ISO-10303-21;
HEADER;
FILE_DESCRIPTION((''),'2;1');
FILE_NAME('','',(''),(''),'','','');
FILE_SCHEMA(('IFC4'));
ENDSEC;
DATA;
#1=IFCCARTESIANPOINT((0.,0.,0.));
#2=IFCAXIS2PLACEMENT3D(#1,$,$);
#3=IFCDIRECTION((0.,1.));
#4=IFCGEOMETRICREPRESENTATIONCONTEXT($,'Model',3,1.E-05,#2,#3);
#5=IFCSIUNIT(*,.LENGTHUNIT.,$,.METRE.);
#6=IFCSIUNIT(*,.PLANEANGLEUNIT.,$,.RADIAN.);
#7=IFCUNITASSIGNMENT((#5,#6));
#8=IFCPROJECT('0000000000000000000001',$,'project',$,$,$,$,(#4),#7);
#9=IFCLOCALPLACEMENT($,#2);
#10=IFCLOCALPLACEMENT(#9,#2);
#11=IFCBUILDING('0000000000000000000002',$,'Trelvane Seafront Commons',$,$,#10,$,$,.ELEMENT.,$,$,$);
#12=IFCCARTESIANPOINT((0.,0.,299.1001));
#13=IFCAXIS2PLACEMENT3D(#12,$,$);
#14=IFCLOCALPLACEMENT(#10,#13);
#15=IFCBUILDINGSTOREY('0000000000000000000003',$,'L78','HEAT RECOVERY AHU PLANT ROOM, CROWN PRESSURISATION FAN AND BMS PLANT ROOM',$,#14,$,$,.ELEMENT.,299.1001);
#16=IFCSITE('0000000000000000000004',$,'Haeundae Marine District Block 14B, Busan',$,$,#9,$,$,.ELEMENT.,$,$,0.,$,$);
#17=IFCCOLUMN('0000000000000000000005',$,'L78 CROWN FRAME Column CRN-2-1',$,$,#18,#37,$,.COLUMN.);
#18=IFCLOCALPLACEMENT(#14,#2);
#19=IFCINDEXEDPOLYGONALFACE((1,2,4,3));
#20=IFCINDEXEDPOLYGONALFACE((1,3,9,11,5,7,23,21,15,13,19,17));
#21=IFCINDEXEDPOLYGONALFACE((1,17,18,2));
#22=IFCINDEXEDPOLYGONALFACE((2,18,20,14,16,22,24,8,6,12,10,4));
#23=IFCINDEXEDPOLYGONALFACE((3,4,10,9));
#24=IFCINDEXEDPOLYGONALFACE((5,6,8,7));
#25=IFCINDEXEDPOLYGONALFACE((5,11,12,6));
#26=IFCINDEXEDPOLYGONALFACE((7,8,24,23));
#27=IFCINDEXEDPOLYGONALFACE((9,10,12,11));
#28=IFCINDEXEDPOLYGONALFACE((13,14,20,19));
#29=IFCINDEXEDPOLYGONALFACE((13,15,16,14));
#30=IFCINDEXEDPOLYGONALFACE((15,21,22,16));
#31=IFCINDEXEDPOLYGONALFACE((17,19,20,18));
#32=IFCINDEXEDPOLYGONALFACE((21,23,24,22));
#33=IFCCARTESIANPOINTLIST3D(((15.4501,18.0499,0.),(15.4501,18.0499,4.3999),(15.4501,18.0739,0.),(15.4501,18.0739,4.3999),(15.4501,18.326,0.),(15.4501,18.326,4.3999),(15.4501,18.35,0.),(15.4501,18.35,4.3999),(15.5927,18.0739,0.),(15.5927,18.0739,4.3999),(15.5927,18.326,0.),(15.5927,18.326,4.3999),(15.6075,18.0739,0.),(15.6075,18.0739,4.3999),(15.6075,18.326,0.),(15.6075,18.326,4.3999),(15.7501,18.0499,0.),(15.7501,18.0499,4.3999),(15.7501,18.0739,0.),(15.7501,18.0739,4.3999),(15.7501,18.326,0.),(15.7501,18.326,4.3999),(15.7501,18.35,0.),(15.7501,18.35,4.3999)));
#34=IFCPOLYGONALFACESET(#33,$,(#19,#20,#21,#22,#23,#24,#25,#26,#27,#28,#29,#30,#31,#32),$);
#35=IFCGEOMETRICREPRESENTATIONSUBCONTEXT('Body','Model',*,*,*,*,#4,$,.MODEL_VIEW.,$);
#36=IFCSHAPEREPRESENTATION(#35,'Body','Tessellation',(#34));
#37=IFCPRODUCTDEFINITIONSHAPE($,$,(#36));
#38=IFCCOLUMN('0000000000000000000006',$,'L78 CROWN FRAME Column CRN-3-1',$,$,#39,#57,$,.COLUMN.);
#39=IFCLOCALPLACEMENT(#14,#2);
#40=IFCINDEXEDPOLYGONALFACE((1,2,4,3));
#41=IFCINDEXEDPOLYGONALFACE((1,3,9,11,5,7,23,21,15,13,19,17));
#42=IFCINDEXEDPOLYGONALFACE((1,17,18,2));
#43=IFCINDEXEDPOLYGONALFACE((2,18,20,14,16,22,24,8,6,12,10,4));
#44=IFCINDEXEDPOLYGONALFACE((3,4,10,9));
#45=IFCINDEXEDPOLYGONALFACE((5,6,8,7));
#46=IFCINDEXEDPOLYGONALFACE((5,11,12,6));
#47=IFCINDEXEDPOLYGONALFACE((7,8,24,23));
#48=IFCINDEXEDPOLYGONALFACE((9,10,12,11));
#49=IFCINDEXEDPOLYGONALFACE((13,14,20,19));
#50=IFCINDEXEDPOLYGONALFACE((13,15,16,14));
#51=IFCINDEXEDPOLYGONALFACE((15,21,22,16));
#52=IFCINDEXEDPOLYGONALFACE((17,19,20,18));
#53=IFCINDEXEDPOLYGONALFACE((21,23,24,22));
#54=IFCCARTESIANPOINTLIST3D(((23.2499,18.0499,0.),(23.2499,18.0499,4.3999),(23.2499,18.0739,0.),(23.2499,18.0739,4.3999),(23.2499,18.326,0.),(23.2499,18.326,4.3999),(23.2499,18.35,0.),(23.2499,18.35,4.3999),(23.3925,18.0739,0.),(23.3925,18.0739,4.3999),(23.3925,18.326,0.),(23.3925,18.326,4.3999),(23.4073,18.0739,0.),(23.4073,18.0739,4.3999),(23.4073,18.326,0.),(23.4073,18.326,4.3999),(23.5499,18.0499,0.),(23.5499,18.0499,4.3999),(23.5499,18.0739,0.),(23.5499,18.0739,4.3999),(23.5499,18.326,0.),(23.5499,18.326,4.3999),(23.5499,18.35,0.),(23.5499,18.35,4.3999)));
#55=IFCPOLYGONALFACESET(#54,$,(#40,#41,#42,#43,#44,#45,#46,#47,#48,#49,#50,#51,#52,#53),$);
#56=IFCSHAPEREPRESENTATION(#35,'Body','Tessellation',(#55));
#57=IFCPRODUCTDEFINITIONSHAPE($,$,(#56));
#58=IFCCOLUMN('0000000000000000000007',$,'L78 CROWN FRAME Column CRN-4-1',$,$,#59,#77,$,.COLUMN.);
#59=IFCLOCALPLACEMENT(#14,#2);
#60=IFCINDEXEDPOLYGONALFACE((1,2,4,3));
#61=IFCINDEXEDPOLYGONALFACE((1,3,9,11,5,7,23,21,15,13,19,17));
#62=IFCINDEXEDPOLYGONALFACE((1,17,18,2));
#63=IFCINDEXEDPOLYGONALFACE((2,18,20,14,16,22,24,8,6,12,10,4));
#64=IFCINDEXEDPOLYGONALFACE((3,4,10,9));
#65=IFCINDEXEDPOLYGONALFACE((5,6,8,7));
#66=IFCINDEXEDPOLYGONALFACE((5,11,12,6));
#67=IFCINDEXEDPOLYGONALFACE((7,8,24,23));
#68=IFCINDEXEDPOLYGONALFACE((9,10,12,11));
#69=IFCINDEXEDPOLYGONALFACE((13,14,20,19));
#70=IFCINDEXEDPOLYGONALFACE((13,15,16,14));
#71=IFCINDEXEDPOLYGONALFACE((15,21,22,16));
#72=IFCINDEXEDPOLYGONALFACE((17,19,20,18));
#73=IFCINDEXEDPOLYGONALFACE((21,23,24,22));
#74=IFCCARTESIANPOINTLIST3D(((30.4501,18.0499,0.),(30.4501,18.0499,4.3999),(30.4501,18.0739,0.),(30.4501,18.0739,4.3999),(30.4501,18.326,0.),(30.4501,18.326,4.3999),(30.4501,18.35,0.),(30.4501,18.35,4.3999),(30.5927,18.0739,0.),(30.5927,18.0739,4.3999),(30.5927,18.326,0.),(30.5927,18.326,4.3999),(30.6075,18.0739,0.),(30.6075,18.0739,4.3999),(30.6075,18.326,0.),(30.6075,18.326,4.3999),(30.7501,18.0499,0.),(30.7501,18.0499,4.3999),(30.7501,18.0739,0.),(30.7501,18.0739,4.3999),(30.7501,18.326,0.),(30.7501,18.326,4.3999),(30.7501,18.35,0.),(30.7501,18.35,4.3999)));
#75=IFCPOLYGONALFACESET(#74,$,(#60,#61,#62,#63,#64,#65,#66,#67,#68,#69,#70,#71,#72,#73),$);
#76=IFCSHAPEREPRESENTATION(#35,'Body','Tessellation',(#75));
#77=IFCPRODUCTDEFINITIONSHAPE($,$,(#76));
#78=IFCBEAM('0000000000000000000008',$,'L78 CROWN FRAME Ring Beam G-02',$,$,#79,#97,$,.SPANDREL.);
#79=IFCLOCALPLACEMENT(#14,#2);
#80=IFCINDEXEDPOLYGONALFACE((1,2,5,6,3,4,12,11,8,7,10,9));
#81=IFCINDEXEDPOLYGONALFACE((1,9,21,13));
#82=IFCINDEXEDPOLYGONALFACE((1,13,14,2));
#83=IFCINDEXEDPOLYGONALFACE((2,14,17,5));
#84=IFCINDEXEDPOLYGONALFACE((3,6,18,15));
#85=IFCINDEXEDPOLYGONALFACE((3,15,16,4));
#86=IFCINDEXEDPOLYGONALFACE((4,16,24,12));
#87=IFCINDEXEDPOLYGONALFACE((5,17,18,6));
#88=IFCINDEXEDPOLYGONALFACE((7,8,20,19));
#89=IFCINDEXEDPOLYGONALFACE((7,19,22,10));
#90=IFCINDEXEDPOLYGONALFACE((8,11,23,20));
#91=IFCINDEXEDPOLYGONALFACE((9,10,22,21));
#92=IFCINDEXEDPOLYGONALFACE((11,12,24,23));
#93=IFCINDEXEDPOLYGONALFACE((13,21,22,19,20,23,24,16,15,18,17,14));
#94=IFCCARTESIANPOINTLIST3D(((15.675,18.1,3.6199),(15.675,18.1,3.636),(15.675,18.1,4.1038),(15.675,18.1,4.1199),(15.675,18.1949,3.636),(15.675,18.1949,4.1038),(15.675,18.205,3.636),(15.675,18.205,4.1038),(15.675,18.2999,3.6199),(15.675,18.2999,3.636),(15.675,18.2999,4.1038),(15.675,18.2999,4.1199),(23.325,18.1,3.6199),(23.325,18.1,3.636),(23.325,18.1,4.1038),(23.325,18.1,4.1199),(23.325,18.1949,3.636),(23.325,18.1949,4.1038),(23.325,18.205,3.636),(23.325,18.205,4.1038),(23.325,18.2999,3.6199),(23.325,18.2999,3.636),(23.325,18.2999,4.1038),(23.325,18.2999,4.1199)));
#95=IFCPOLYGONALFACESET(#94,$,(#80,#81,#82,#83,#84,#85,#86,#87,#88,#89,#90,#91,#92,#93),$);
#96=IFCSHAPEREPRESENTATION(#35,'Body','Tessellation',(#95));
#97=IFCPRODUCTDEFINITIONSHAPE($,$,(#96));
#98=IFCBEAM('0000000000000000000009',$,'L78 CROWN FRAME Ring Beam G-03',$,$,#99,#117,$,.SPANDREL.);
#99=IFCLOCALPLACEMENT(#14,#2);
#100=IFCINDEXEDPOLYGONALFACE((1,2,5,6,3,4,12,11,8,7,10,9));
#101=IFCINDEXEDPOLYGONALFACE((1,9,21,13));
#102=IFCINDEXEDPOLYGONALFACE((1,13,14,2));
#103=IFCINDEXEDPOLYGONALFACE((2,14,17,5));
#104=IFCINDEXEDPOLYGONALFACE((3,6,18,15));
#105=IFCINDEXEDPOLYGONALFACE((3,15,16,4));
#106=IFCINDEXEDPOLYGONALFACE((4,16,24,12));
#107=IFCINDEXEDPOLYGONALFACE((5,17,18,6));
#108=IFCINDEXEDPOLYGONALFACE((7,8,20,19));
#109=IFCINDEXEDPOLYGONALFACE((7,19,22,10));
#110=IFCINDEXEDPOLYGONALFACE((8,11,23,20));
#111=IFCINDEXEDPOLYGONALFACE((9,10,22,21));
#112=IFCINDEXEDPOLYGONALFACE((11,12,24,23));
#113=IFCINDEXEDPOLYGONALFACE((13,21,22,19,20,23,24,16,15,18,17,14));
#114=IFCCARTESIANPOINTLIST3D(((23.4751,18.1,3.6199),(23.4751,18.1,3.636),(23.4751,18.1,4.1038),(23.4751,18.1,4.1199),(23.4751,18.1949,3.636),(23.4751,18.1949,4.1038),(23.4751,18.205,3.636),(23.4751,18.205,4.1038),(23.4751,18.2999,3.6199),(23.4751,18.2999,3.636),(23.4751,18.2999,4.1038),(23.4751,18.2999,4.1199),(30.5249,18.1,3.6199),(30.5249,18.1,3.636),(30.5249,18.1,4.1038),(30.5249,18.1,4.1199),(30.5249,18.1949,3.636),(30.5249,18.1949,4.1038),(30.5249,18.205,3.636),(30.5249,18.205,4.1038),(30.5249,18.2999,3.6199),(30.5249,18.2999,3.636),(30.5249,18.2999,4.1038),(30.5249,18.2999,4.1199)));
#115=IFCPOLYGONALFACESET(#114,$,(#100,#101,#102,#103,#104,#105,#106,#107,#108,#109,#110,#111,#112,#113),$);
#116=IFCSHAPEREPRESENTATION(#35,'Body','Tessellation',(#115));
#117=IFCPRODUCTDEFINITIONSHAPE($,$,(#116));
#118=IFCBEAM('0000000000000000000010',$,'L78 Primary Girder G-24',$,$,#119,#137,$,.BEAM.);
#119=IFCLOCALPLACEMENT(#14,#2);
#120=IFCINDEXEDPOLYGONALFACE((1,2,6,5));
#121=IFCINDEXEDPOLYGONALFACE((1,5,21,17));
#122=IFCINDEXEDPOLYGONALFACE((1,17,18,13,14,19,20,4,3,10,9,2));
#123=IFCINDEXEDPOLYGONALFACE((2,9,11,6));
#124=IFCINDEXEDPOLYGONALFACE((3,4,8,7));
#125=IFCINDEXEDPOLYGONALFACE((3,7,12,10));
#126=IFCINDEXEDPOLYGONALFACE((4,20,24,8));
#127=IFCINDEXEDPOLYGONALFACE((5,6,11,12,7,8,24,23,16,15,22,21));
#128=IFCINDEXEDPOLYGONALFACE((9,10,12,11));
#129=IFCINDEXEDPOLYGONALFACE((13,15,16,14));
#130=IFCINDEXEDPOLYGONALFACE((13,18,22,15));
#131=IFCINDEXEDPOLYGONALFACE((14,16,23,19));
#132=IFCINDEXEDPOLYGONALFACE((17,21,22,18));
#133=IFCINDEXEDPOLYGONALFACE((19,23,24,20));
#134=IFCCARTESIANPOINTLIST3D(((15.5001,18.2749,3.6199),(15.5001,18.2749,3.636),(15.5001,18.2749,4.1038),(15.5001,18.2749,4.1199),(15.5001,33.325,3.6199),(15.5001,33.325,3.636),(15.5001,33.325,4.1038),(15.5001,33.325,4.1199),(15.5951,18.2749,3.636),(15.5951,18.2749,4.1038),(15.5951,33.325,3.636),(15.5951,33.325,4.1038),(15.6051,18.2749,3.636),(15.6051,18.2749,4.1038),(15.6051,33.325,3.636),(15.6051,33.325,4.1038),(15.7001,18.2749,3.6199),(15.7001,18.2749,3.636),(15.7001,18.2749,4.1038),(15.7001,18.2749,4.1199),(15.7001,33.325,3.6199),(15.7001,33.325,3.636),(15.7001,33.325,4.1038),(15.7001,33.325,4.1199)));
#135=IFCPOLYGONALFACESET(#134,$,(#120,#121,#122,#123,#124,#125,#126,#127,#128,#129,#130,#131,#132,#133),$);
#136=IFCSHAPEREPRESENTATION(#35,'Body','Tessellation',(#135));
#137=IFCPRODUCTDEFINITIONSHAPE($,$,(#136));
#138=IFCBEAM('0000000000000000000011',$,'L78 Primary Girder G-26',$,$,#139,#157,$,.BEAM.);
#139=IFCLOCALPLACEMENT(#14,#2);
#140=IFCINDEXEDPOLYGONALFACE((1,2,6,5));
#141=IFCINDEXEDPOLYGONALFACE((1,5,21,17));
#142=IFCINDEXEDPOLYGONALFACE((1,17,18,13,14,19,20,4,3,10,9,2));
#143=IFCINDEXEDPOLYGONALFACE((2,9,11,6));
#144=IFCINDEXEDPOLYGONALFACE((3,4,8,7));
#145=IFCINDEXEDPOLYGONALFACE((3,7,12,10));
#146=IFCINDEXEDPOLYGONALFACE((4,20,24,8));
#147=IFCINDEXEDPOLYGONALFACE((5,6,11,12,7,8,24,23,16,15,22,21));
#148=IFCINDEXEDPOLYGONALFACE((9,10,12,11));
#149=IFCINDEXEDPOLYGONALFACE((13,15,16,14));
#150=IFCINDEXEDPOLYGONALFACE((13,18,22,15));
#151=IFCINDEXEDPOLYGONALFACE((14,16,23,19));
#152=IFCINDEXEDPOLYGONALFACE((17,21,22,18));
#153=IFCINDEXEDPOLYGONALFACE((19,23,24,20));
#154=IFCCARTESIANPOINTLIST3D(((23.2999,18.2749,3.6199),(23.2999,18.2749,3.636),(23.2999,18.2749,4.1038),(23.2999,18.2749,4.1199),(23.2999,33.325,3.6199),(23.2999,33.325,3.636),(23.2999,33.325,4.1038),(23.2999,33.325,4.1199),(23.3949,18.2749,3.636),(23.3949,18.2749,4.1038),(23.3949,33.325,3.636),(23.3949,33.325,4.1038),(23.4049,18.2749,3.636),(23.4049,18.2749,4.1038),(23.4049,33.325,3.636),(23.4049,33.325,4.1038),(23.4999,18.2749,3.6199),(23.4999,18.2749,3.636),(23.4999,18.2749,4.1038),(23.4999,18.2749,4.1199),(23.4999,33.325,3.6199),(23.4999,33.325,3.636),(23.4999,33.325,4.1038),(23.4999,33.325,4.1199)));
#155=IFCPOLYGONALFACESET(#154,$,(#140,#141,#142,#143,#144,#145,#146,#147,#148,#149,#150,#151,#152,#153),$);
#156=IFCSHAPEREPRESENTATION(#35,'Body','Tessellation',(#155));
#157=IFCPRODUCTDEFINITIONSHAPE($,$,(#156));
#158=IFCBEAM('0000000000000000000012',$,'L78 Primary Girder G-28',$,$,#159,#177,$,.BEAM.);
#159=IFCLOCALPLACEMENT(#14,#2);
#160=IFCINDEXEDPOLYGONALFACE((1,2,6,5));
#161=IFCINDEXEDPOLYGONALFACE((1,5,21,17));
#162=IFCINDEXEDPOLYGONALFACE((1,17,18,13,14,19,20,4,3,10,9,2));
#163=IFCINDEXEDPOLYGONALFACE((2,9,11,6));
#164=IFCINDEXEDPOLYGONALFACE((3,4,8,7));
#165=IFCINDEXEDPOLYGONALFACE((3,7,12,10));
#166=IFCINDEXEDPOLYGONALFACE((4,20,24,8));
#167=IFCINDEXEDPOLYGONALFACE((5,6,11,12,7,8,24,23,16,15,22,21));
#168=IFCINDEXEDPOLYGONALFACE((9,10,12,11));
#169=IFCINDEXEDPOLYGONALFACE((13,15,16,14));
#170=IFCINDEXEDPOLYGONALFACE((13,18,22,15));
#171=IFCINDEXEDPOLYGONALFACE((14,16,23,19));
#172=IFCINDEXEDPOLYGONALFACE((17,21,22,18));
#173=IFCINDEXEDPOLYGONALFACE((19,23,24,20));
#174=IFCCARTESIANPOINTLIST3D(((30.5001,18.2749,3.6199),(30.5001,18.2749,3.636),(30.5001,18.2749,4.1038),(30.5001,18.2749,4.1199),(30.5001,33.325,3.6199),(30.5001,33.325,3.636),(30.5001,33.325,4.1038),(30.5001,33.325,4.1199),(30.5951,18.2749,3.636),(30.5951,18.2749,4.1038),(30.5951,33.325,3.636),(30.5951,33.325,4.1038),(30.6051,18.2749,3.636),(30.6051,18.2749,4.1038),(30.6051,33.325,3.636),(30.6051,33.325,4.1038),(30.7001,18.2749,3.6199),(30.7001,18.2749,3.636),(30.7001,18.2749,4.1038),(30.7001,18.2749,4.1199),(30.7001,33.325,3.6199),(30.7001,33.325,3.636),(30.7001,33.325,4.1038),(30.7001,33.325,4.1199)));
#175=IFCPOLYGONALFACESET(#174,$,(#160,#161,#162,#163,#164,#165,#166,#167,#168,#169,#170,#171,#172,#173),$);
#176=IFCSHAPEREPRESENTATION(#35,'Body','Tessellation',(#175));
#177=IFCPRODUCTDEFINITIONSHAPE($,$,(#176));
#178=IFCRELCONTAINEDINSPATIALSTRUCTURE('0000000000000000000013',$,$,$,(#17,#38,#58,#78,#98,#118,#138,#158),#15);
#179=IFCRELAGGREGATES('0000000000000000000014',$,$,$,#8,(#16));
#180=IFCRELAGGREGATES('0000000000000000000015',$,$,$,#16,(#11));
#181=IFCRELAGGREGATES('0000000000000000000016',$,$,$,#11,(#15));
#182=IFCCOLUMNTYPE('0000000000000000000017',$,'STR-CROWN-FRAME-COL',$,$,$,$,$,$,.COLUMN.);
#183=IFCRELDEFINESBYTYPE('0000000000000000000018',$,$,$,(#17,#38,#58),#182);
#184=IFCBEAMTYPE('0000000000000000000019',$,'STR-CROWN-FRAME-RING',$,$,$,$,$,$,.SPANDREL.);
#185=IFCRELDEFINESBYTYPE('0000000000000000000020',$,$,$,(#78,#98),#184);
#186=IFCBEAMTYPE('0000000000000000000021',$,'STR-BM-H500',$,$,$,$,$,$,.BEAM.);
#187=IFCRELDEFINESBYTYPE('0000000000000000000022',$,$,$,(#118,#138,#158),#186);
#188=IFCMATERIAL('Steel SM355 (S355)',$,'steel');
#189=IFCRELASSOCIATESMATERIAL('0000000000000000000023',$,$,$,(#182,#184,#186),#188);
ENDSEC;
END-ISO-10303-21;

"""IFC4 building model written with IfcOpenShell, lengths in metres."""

from ifc_helpers import new_model, si_unit, direction, frame, origin, origin_2d, place, context, subcontext, project, spatial, i_section, extrude, source, transform, mapped, material, material_profile, profile_set, type_object, element, save


model = new_model("IFC4")

# Units and contexts
model_context = context("Model", 3, precision=1e-05, world=origin(), true_north=direction((0.0, 1.0)))
body_context = subcontext(model_context, "Body", "Model", "MODEL_VIEW")
ifc_project = project(units=[si_unit("LENGTHUNIT", "METRE"), si_unit("PLANEANGLEUNIT", "RADIAN")], contexts=[model_context])

# Site, building, storey
site_placement = place(None, origin())
site = spatial("IfcSite", under=ifc_project, at=site_placement, Name="Haeundae Marine District Block 14B, Busan", CompositionType="ELEMENT", RefElevation=0.0)
building_placement = place(site_placement, origin())
building = spatial("IfcBuilding", under=site, at=building_placement, Name="Trelvane Seafront Commons", CompositionType="ELEMENT")
storey_placement = place(building_placement, frame((0.0, 0.0, 299.1001)))
storey = spatial("IfcBuildingStorey", under=building, at=storey_placement, Name="L78", Description="HEAT RECOVERY AHU PLANT ROOM, CROWN PRESSURISATION FAN AND BMS PLANT ROOM", CompositionType="ELEMENT", Elevation=299.1001)

# Columns
ifc_material_1 = material(Name="Steel SM355 (S355)", Category="steel")
ifc_material_profile_1 = material_profile(ifc_material_1, i_section(OverallWidth=0.3, OverallDepth=0.3, WebThickness=0.0149, FlangeThickness=0.0239, at=origin_2d()), Name="HD-300x300x15x24")
ifc_profile_set_1 = profile_set([ifc_material_profile_1], Name="Steel SM355 (S355)")
column_type = type_object("IfcColumnType", Name="STR-CROWN-FRAME-COL", PredefinedType="COLUMN", material=ifc_profile_set_1)
shared_shape_1 = source(origin(), body_context, "Body", "SweptSolid", [
    extrude(i_section(OverallWidth=0.3, OverallDepth=0.3, WebThickness=0.0149, FlangeThickness=0.0239, at=origin_2d()), origin(), (0.0, 0.0, 1.0), 4.3999),
])
for number, where, z_axis, x_axis, name in (
    (1, (15.6001, 18.2, 0.0), (0.0, 0.0, 1.0), (1.0, 0.0, 0.0), "L78 CROWN FRAME Column CRN-2-1"),
    (2, (23.3999, 18.2, 0.0), (0.0, 0.0, 1.0), (1.0, 0.0, 0.0), "L78 CROWN FRAME Column CRN-3-1"),
    (3, (30.6001, 18.2, 0.0), (0.0, 0.0, 1.0), (1.0, 0.0, 0.0), "L78 CROWN FRAME Column CRN-4-1"),
):
    element("IfcColumn", number, at=place(storey_placement, frame(where, z_axis=z_axis, x_axis=x_axis)), inside=storey, type_object=column_type, Name=name, PredefinedType="COLUMN", context=body_context, shape_type="MappedRepresentation", body=[
        mapped(shared_shape_1, transform((0.0, 0.0, 0.0), x_axis=(1.0, 0.0, 0.0), y_axis=(0.0, 1.0, 0.0), z_axis=(0.0, 0.0, 1.0), scale=1.0)),
    ])

# Beams
ifc_material_profile_2 = material_profile(ifc_material_1, i_section(OverallWidth=0.2, OverallDepth=0.5, WebThickness=0.01, FlangeThickness=0.0161, at=origin_2d()), Name="H-500x200x10x16")
ifc_profile_set_2 = profile_set([ifc_material_profile_2], Name="Steel SM355 (S355)")
beam_type_1 = type_object("IfcBeamType", Name="STR-CROWN-FRAME-RING", PredefinedType="SPANDREL", material=ifc_profile_set_2)
shared_shape_2 = source(origin(), body_context, "Body", "SweptSolid", [
    extrude(i_section(OverallWidth=0.2, OverallDepth=0.5, WebThickness=0.01, FlangeThickness=0.0161, at=origin_2d()), origin(), (0.0, 0.0, 1.0), 7.6499),
])
beam_1_placement = place(storey_placement, frame((15.675, 18.2, 3.8699), z_axis=(1.0, 0.0, 0.0), x_axis=(0.0, 1.0, 0.0)))
element("IfcBeam", 4, at=beam_1_placement, inside=storey, type_object=beam_type_1, Name="L78 CROWN FRAME Ring Beam G-02", PredefinedType="SPANDREL", context=body_context, shape_type="MappedRepresentation", body=[
    mapped(shared_shape_2, transform((0.0, 0.0, 0.0), x_axis=(1.0, 0.0, 0.0), y_axis=(0.0, 1.0, 0.0), z_axis=(0.0, 0.0, 1.0), scale=1.0)),
])
shared_shape_3 = source(origin(), body_context, "Body", "SweptSolid", [
    extrude(i_section(OverallWidth=0.2, OverallDepth=0.5, WebThickness=0.01, FlangeThickness=0.0161, at=origin_2d()), origin(), (0.0, 0.0, 1.0), 7.0498),
])
beam_2_placement = place(storey_placement, frame((23.4751, 18.2, 3.8699), z_axis=(1.0, 0.0, 0.0), x_axis=(0.0, 1.0, 0.0)))
element("IfcBeam", 5, at=beam_2_placement, inside=storey, type_object=beam_type_1, Name="L78 CROWN FRAME Ring Beam G-03", PredefinedType="SPANDREL", context=body_context, shape_type="MappedRepresentation", body=[
    mapped(shared_shape_3, transform((0.0, 0.0, 0.0), x_axis=(1.0, 0.0, 0.0), y_axis=(0.0, 1.0, 0.0), z_axis=(0.0, 0.0, 1.0), scale=1.0)),
])
ifc_material_profile_3 = material_profile(ifc_material_1, i_section(OverallWidth=0.2, OverallDepth=0.5, WebThickness=0.01, FlangeThickness=0.0161, at=origin_2d()), Name="H-500x200x10x16")
ifc_profile_set_3 = profile_set([ifc_material_profile_3], Name="Steel SM355 (S355)")
beam_type_2 = type_object("IfcBeamType", Name="STR-BM-H500", PredefinedType="BEAM", material=ifc_profile_set_3)
shared_shape_4 = source(origin(), body_context, "Body", "SweptSolid", [
    extrude(i_section(OverallWidth=0.2, OverallDepth=0.5, WebThickness=0.01, FlangeThickness=0.0161, at=origin_2d()), origin(), (0.0, 0.0, 1.0), 15.05),
])
for number, where, z_axis, x_axis, name in (
    (6, (15.6001, 18.2749, 3.8699), (0.0, 1.0, 0.0), (-1.0, 0.0, 0.0), "L78 Primary Girder G-24"),
    (7, (23.3999, 18.2749, 3.8699), (0.0, 1.0, 0.0), (-1.0, 0.0, 0.0), "L78 Primary Girder G-26"),
    (8, (30.6001, 18.2749, 3.8699), (0.0, 1.0, 0.0), (-1.0, 0.0, 0.0), "L78 Primary Girder G-28"),
):
    element("IfcBeam", number, at=place(storey_placement, frame(where, z_axis=z_axis, x_axis=x_axis)), inside=storey, type_object=beam_type_2, Name=name, PredefinedType="BEAM", context=body_context, shape_type="MappedRepresentation", body=[
        mapped(shared_shape_4, transform((0.0, 0.0, 0.0), x_axis=(1.0, 0.0, 0.0), y_axis=(0.0, 1.0, 0.0), z_axis=(0.0, 0.0, 1.0), scale=1.0)),
    ])

save(model, "model.ifc")
